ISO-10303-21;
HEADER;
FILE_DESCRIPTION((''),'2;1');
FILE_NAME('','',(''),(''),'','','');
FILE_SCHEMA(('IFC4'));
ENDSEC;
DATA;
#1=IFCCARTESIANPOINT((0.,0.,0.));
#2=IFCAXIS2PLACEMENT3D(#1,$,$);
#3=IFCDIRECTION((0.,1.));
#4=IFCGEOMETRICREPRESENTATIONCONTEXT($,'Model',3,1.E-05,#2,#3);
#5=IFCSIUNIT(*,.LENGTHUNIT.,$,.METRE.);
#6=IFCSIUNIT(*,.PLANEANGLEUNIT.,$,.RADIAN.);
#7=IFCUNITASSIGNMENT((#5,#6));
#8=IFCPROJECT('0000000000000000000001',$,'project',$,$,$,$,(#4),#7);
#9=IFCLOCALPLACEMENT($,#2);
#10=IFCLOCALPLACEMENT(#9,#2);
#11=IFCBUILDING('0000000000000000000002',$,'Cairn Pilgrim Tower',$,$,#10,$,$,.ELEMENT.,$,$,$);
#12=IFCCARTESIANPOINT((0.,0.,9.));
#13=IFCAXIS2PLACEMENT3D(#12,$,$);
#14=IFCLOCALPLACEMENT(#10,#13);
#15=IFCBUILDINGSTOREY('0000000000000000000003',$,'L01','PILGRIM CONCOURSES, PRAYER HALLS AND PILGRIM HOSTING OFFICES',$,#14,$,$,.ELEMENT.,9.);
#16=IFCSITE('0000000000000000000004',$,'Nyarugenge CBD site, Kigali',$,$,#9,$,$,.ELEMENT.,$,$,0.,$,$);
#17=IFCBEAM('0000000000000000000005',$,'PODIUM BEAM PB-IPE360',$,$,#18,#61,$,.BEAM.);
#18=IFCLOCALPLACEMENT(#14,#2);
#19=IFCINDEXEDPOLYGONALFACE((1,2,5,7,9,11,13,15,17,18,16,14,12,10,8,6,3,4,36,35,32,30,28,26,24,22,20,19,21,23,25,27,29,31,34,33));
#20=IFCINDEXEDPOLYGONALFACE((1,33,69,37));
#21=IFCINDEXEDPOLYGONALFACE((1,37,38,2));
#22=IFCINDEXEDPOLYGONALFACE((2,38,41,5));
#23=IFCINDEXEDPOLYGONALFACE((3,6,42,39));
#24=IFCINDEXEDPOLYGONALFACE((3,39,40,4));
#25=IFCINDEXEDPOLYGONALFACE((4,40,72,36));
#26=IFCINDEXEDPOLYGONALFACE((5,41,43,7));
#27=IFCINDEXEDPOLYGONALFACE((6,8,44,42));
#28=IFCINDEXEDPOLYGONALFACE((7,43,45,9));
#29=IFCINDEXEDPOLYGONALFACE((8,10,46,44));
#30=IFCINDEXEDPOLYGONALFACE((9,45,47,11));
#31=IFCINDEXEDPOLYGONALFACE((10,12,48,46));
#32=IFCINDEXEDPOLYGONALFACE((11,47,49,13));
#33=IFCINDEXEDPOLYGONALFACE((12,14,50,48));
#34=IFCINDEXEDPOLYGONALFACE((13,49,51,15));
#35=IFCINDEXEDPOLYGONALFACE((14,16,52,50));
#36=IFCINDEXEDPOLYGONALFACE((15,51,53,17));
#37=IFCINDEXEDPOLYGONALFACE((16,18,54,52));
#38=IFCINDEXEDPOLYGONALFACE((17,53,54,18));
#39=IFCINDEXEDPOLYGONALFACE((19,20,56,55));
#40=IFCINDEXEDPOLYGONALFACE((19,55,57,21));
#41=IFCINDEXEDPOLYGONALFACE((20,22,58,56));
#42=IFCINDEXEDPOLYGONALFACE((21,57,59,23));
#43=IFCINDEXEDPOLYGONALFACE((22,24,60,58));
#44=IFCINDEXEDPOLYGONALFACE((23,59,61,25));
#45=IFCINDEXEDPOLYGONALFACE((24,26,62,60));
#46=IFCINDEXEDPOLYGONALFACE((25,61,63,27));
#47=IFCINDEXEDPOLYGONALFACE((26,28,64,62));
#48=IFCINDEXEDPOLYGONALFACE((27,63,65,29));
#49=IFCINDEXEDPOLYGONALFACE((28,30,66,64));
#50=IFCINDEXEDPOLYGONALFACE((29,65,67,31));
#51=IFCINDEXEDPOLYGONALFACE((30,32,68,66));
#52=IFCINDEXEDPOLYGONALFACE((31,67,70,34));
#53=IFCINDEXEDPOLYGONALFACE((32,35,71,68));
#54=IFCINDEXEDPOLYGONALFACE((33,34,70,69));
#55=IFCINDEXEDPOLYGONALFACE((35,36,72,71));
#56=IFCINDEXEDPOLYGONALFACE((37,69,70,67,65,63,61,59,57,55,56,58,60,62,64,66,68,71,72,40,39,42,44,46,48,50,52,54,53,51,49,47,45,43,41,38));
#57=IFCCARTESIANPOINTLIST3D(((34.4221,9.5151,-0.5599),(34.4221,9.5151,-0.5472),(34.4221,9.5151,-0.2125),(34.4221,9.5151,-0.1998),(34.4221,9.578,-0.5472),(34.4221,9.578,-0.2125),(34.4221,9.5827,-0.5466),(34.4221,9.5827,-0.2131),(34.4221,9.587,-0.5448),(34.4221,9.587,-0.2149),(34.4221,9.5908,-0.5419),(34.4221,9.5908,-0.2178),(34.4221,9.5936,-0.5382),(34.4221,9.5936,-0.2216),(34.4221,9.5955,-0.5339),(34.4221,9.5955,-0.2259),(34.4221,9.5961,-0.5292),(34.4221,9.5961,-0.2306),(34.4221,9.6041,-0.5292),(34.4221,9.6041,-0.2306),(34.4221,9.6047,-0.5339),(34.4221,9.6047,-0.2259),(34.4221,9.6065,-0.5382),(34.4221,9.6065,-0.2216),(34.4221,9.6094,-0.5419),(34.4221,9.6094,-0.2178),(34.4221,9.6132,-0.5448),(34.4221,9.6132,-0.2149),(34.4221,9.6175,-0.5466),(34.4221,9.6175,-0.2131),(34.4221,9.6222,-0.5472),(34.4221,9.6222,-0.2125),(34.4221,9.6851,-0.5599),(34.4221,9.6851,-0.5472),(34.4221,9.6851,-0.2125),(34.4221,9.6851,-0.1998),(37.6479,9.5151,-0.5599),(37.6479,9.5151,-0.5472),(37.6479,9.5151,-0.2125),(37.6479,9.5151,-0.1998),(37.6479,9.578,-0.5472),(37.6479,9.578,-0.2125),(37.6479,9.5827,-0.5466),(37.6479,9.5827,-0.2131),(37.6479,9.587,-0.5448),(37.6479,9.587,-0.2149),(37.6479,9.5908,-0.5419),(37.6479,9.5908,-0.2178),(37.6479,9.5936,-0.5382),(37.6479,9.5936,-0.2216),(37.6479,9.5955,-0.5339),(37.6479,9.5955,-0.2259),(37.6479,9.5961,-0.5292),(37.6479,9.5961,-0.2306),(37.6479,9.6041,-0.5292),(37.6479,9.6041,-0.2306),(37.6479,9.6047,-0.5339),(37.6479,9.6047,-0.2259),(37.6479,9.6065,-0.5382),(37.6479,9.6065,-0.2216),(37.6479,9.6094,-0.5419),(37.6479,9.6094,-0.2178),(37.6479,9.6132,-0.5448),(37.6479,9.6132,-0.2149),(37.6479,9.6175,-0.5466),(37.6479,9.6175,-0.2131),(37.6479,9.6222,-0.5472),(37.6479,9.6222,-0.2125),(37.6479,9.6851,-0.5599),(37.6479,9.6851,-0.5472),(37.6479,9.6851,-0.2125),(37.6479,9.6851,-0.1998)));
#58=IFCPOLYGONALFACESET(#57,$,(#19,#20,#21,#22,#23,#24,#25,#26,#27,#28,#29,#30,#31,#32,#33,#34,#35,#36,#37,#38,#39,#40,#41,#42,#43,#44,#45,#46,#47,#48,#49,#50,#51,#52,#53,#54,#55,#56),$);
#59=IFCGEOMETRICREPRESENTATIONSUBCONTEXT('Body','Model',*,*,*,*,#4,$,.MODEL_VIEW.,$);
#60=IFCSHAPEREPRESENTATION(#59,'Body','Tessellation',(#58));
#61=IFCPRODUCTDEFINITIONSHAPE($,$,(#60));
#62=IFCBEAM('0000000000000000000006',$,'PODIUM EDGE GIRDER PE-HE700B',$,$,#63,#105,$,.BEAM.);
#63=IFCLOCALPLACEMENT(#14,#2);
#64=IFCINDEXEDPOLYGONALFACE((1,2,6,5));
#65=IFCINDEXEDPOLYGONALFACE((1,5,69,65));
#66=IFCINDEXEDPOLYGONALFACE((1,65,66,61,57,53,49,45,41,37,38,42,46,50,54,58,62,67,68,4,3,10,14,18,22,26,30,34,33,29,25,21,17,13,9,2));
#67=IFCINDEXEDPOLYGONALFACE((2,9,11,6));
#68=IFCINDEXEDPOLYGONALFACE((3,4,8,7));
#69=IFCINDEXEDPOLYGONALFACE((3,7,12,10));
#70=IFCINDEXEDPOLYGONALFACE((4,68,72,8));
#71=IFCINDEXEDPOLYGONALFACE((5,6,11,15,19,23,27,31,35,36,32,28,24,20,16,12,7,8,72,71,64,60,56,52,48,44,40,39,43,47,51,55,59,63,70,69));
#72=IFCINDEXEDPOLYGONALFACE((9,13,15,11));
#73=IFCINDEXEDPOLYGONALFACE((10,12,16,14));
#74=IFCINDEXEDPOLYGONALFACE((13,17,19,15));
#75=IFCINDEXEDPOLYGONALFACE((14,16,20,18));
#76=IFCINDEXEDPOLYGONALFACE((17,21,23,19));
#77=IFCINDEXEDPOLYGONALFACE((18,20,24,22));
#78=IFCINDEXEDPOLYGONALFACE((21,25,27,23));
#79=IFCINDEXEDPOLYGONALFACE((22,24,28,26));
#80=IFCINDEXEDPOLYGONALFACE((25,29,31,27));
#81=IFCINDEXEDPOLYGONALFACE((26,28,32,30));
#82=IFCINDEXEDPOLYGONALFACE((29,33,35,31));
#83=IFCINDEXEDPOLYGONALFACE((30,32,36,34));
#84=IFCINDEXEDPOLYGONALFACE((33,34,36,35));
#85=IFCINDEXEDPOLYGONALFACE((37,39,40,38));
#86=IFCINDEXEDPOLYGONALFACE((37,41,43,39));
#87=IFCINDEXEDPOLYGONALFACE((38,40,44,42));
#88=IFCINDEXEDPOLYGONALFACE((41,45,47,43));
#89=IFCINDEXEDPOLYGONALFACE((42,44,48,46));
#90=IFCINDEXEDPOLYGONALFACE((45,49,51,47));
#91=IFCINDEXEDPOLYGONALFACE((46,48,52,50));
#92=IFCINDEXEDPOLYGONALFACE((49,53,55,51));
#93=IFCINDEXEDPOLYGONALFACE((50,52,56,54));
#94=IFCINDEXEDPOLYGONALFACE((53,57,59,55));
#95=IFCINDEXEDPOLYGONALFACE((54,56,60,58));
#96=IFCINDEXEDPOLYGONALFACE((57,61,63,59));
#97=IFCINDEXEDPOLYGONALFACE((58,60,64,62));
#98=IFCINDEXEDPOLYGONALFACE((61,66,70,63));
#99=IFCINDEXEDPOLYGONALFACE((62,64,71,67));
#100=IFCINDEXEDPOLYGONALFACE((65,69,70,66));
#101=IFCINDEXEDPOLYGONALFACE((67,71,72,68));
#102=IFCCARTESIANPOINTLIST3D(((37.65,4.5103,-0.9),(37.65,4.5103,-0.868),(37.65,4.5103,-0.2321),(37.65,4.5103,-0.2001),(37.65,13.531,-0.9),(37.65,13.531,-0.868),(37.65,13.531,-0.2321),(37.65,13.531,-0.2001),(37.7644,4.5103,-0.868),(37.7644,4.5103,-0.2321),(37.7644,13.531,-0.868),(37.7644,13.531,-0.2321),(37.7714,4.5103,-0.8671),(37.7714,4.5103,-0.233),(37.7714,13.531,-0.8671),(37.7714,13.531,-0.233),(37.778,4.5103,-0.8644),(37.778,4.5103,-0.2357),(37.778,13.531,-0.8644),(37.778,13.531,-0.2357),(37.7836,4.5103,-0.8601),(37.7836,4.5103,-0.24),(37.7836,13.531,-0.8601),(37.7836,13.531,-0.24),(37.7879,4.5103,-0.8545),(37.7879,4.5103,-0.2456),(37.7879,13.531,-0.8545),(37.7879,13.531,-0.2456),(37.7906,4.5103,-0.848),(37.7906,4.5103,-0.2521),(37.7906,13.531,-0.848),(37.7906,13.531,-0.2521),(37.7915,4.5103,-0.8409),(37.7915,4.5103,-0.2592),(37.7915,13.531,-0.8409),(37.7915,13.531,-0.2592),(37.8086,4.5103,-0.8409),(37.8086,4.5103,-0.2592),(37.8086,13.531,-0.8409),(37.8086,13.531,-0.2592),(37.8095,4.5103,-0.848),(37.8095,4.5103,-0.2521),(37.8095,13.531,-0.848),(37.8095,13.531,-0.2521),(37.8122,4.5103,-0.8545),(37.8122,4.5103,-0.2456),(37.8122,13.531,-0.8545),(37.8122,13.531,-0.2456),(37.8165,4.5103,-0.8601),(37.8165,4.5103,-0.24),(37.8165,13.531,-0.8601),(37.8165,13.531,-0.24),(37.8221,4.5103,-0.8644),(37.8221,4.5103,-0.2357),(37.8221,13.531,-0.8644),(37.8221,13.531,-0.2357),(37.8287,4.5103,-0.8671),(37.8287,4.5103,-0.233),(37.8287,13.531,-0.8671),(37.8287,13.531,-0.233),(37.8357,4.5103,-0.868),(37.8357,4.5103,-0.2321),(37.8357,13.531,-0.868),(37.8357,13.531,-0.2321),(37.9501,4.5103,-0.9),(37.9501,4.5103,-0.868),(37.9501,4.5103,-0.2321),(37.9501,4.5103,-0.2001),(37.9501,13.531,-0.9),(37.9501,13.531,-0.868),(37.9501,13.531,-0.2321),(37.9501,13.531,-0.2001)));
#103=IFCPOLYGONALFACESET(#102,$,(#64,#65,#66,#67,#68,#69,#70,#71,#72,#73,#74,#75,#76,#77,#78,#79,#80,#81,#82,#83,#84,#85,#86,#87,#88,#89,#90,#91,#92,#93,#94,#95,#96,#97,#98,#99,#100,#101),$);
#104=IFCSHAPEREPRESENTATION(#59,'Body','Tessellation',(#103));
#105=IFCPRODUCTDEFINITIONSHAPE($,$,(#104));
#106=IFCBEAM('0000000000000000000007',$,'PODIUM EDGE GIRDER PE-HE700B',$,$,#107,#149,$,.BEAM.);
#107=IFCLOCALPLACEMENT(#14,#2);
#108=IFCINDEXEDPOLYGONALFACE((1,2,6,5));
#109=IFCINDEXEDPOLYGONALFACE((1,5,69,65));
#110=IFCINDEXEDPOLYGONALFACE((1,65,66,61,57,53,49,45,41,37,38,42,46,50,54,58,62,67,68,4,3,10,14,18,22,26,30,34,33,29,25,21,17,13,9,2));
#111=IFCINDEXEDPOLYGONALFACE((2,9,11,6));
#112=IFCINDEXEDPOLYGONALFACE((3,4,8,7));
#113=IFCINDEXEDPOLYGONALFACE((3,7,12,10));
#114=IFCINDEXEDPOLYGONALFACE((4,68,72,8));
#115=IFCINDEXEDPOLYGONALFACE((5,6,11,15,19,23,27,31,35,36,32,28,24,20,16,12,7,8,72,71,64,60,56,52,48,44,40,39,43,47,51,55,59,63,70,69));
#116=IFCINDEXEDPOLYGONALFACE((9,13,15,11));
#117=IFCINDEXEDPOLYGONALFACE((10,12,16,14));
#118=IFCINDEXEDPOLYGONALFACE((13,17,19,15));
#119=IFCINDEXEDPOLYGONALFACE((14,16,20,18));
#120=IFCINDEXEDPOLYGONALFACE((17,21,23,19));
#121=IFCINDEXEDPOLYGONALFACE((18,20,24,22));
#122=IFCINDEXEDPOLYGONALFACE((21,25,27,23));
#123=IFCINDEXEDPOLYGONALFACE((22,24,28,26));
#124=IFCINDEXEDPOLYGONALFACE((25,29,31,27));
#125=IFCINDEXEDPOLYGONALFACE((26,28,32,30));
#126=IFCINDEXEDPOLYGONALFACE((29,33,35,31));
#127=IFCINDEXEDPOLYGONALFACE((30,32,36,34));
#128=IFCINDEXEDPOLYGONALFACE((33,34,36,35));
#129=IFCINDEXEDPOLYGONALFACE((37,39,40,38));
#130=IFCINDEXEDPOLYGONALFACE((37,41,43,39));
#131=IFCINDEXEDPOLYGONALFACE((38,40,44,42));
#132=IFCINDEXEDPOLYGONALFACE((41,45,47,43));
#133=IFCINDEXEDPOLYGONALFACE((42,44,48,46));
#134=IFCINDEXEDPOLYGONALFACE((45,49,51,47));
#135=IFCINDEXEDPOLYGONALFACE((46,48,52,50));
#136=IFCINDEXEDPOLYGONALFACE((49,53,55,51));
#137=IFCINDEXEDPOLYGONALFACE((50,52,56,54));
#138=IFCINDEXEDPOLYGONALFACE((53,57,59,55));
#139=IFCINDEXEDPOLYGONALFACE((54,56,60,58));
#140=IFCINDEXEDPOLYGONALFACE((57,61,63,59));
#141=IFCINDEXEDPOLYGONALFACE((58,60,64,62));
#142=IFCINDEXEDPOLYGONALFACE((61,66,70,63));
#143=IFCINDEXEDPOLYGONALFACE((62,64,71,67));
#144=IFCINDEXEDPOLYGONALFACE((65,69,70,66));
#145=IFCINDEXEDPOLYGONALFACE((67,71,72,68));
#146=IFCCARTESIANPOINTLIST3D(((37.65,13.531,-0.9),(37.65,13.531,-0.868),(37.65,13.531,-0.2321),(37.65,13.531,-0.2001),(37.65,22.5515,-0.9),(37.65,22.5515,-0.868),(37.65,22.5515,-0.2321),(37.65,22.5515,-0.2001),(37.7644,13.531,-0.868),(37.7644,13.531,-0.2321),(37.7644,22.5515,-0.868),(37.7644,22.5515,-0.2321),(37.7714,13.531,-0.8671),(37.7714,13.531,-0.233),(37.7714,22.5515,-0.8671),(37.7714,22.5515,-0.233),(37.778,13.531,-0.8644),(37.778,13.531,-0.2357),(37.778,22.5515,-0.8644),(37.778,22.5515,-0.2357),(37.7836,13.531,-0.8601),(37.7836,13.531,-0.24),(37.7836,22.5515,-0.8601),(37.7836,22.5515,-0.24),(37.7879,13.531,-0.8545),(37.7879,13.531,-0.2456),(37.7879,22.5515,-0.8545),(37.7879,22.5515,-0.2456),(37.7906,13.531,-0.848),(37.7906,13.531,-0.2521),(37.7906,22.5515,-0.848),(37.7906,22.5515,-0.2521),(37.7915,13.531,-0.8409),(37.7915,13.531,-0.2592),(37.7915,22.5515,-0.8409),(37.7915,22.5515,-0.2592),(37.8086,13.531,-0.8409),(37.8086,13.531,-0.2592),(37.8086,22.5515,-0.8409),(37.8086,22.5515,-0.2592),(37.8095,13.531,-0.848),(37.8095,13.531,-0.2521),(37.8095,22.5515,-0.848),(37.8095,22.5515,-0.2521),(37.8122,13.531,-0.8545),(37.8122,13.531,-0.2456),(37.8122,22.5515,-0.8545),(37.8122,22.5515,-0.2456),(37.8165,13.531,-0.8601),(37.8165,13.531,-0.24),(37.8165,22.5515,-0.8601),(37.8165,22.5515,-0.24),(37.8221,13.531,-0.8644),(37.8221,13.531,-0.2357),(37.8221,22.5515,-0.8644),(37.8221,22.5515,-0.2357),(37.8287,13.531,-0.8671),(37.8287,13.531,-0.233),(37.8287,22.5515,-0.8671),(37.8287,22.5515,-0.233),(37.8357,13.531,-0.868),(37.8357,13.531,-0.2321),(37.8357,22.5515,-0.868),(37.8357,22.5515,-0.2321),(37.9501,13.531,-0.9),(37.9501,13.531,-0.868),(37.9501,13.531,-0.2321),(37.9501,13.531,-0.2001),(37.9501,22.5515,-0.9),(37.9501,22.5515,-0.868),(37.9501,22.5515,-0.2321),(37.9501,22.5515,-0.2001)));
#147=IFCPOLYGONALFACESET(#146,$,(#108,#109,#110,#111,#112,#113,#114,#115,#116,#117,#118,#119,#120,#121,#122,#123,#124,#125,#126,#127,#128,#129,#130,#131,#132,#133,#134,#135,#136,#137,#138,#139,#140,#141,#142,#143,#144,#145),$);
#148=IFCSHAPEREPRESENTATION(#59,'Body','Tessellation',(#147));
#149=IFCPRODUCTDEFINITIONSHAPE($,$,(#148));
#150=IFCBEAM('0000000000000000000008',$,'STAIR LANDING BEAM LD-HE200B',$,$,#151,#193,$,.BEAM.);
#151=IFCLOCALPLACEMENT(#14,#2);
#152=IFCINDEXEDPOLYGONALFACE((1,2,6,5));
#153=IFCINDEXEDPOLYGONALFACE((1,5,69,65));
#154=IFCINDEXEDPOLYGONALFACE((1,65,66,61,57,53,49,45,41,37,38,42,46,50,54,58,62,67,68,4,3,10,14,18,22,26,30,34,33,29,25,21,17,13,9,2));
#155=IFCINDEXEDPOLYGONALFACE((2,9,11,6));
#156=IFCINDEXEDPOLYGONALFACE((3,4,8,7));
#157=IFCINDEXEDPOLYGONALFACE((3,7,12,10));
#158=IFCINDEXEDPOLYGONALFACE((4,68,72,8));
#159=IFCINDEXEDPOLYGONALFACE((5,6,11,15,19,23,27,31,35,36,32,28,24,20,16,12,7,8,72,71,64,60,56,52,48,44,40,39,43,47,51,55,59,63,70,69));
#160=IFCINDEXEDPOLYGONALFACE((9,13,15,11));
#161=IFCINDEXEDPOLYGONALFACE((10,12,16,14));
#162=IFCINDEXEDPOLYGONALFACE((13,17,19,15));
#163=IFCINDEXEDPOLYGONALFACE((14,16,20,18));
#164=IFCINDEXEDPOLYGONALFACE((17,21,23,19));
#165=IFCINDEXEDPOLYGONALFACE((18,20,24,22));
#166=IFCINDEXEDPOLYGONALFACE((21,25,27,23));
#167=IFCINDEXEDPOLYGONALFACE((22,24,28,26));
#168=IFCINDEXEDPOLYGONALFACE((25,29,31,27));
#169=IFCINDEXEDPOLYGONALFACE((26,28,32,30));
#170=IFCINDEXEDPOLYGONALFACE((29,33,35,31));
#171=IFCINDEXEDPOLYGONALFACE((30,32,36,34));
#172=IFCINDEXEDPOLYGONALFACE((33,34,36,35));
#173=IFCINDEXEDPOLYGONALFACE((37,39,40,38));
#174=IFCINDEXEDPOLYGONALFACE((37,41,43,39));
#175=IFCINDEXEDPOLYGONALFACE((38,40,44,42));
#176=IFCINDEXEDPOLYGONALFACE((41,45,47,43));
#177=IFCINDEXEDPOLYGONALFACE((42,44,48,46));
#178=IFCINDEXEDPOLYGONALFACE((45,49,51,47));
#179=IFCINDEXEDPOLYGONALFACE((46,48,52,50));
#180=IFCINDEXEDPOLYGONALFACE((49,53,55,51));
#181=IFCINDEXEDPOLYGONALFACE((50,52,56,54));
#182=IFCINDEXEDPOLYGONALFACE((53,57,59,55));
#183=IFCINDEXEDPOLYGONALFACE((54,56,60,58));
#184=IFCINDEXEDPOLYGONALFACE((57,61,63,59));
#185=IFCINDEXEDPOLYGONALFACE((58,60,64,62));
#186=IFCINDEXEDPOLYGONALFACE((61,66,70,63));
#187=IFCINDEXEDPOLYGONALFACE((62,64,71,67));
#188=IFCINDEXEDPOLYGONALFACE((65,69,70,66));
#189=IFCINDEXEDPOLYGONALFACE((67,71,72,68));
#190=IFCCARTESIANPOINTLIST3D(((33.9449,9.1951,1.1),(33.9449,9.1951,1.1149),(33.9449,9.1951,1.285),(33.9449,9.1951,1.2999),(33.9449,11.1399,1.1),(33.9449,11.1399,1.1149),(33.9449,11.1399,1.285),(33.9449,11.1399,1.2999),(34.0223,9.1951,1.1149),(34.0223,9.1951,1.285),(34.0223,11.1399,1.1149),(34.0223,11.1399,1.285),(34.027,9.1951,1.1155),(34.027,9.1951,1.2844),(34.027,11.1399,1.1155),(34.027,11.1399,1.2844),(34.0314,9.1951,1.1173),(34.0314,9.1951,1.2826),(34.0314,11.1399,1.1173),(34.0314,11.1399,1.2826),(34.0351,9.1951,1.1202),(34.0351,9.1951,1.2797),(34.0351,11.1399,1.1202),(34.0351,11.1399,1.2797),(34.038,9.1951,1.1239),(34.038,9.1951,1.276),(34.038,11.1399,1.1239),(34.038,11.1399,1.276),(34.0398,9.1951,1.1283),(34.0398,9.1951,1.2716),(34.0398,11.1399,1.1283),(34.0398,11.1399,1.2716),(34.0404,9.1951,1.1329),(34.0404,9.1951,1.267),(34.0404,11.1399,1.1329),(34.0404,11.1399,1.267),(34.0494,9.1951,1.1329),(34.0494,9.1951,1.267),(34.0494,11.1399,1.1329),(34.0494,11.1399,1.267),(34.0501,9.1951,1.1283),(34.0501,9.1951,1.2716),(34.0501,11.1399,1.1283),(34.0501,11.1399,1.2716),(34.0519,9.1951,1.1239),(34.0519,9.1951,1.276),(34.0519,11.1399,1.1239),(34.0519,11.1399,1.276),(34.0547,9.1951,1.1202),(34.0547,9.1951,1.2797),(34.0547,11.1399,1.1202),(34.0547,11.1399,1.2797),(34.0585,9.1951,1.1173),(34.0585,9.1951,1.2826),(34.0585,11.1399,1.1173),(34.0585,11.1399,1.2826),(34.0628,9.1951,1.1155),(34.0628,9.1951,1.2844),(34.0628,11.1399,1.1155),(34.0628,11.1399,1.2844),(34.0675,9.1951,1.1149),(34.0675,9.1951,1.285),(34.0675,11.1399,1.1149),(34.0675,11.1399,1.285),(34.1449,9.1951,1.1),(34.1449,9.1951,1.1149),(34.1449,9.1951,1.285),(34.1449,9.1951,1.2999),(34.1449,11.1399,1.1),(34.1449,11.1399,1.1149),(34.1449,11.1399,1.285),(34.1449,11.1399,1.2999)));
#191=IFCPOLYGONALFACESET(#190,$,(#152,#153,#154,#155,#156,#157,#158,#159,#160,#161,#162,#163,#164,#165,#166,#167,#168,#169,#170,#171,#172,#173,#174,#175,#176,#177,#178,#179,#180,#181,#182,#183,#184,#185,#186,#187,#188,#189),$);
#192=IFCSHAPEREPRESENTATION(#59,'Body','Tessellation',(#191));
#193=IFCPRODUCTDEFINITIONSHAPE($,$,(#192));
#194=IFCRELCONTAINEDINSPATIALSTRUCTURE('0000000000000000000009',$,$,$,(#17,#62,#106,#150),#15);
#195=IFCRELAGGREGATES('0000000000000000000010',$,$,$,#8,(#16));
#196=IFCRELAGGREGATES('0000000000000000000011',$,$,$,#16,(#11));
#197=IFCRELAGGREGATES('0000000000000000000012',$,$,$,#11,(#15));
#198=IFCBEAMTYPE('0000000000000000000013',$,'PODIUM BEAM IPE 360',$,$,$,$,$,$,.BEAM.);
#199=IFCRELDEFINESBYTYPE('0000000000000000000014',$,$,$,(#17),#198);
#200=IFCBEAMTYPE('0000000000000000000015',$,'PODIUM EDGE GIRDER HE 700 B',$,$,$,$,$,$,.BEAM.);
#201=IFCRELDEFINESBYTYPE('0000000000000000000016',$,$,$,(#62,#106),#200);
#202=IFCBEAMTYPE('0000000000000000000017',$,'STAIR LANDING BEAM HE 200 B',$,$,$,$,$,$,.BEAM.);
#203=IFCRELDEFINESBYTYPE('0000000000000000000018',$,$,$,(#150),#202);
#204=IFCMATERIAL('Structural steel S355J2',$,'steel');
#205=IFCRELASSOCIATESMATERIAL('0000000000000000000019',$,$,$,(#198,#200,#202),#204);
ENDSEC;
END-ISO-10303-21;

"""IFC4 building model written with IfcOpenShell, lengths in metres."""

from ifc_helpers import new_model, si_unit, direction, frame, origin, origin_2d, place, context, subcontext, project, spatial, i_section, extrude, material, material_profile, profile_set, type_object, element, save


model = new_model("IFC4")

# Units and contexts
model_context = context("Model", 3, precision=1e-05, world=origin(), true_north=direction((0.0, 1.0)))
body_context = subcontext(model_context, "Body", "Model", "MODEL_VIEW")
ifc_project = project(units=[si_unit("LENGTHUNIT", "METRE"), si_unit("PLANEANGLEUNIT", "RADIAN")], contexts=[model_context])

# Site, building, storey
site_placement = place(None, origin())
site = spatial("IfcSite", under=ifc_project, at=site_placement, Name="Nyarugenge CBD site, Kigali", CompositionType="ELEMENT", RefElevation=0.0)
building_placement = place(site_placement, origin())
building = spatial("IfcBuilding", under=site, at=building_placement, Name="Cairn Pilgrim Tower", CompositionType="ELEMENT")
storey_placement = place(building_placement, frame((0.0, 0.0, 9.0)))
storey = spatial("IfcBuildingStorey", under=building, at=storey_placement, Name="L01", Description="PILGRIM CONCOURSES, PRAYER HALLS AND PILGRIM HOSTING OFFICES", CompositionType="ELEMENT", Elevation=9.0)

# Shared definitions
ifc_material_1 = material(Name="Structural steel S355J2", Category="steel")

# Beams
ifc_material_profile_1 = material_profile(ifc_material_1, i_section(OverallWidth=0.1699, OverallDepth=0.3601, WebThickness=0.0081, FlangeThickness=0.0127, FilletRadius=0.0181, at=origin_2d()), Name="IPE 360")
ifc_profile_set_1 = profile_set([ifc_material_profile_1], Name="Structural steel S355J2")
beam_type_1 = type_object("IfcBeamType", Name="PODIUM BEAM IPE 360", PredefinedType="BEAM", material=ifc_profile_set_1)
beam_1_placement = place(storey_placement, frame((34.4221, 9.6001, -0.3799), z_axis=(1.0, 0.0, 0.0), x_axis=(0.0, 1.0, 0.0)))
element("IfcBeam", 1, at=beam_1_placement, inside=storey, type_object=beam_type_1, Name="PODIUM BEAM PB-IPE360", PredefinedType="BEAM", context=body_context, shape_type="SweptSolid", body=[
    extrude(i_section(OverallWidth=0.1699, OverallDepth=0.3601, WebThickness=0.0081, FlangeThickness=0.0127, FilletRadius=0.0181, at=origin_2d()), origin(), (0.0, 0.0, 1.0), 3.2258),
])
ifc_material_profile_2 = material_profile(ifc_material_1, i_section(OverallWidth=0.3, OverallDepth=0.7, WebThickness=0.0171, FlangeThickness=0.032, FilletRadius=0.0271, at=origin_2d()), Name="HEB 700")
ifc_profile_set_2 = profile_set([ifc_material_profile_2], Name="Structural steel S355J2")
beam_type_2 = type_object("IfcBeamType", Name="PODIUM EDGE GIRDER HE 700 B", PredefinedType="BEAM", material=ifc_profile_set_2)
beam_2_placement = place(storey_placement, frame((37.8, 4.5103, -0.55), z_axis=(0.0, 1.0, 0.0), x_axis=(-1.0, 0.0, 0.0)))
element("IfcBeam", 2, at=beam_2_placement, inside=storey, type_object=beam_type_2, Name="PODIUM EDGE GIRDER PE-HE700B", PredefinedType="BEAM", context=body_context, shape_type="SweptSolid", body=[
    extrude(i_section(OverallWidth=0.3, OverallDepth=0.7, WebThickness=0.0171, FlangeThickness=0.032, FilletRadius=0.0271, at=origin_2d()), origin(), (0.0, 0.0, 1.0), 9.0208),
])
beam_3_placement = place(storey_placement, frame((37.8, 13.531, -0.55), z_axis=(0.0, 1.0, 0.0), x_axis=(-1.0, 0.0, 0.0)))
element("IfcBeam", 3, at=beam_3_placement, inside=storey, type_object=beam_type_2, Name="PODIUM EDGE GIRDER PE-HE700B", PredefinedType="BEAM", context=body_context, shape_type="SweptSolid", body=[
    extrude(i_section(OverallWidth=0.3, OverallDepth=0.7, WebThickness=0.0171, FlangeThickness=0.032, FilletRadius=0.0271, at=origin_2d()), origin(), (0.0, 0.0, 1.0), 9.0205),
])
ifc_material_profile_3 = material_profile(ifc_material_1, i_section(OverallWidth=0.2, OverallDepth=0.2, WebThickness=0.009, FlangeThickness=0.0149, FilletRadius=0.0181, at=origin_2d()), Name="HE 200 B")
ifc_profile_set_3 = profile_set([ifc_material_profile_3], Name="Structural steel S355J2")
beam_type_3 = type_object("IfcBeamType", Name="STAIR LANDING BEAM HE 200 B", PredefinedType="BEAM", material=ifc_profile_set_3)
beam_4_placement = place(storey_placement, frame((34.0449, 11.1399, 1.2), z_axis=(0.0, -1.0, 0.0), x_axis=(1.0, 0.0, 0.0)))
element("IfcBeam", 4, at=beam_4_placement, inside=storey, type_object=beam_type_3, Name="STAIR LANDING BEAM LD-HE200B", PredefinedType="BEAM", context=body_context, shape_type="SweptSolid", body=[
    extrude(i_section(OverallWidth=0.2, OverallDepth=0.2, WebThickness=0.009, FlangeThickness=0.0149, FilletRadius=0.0181, at=origin_2d()), origin(), (0.0, 0.0, 1.0), 1.9448),
])

save(model, "model.ifc")
